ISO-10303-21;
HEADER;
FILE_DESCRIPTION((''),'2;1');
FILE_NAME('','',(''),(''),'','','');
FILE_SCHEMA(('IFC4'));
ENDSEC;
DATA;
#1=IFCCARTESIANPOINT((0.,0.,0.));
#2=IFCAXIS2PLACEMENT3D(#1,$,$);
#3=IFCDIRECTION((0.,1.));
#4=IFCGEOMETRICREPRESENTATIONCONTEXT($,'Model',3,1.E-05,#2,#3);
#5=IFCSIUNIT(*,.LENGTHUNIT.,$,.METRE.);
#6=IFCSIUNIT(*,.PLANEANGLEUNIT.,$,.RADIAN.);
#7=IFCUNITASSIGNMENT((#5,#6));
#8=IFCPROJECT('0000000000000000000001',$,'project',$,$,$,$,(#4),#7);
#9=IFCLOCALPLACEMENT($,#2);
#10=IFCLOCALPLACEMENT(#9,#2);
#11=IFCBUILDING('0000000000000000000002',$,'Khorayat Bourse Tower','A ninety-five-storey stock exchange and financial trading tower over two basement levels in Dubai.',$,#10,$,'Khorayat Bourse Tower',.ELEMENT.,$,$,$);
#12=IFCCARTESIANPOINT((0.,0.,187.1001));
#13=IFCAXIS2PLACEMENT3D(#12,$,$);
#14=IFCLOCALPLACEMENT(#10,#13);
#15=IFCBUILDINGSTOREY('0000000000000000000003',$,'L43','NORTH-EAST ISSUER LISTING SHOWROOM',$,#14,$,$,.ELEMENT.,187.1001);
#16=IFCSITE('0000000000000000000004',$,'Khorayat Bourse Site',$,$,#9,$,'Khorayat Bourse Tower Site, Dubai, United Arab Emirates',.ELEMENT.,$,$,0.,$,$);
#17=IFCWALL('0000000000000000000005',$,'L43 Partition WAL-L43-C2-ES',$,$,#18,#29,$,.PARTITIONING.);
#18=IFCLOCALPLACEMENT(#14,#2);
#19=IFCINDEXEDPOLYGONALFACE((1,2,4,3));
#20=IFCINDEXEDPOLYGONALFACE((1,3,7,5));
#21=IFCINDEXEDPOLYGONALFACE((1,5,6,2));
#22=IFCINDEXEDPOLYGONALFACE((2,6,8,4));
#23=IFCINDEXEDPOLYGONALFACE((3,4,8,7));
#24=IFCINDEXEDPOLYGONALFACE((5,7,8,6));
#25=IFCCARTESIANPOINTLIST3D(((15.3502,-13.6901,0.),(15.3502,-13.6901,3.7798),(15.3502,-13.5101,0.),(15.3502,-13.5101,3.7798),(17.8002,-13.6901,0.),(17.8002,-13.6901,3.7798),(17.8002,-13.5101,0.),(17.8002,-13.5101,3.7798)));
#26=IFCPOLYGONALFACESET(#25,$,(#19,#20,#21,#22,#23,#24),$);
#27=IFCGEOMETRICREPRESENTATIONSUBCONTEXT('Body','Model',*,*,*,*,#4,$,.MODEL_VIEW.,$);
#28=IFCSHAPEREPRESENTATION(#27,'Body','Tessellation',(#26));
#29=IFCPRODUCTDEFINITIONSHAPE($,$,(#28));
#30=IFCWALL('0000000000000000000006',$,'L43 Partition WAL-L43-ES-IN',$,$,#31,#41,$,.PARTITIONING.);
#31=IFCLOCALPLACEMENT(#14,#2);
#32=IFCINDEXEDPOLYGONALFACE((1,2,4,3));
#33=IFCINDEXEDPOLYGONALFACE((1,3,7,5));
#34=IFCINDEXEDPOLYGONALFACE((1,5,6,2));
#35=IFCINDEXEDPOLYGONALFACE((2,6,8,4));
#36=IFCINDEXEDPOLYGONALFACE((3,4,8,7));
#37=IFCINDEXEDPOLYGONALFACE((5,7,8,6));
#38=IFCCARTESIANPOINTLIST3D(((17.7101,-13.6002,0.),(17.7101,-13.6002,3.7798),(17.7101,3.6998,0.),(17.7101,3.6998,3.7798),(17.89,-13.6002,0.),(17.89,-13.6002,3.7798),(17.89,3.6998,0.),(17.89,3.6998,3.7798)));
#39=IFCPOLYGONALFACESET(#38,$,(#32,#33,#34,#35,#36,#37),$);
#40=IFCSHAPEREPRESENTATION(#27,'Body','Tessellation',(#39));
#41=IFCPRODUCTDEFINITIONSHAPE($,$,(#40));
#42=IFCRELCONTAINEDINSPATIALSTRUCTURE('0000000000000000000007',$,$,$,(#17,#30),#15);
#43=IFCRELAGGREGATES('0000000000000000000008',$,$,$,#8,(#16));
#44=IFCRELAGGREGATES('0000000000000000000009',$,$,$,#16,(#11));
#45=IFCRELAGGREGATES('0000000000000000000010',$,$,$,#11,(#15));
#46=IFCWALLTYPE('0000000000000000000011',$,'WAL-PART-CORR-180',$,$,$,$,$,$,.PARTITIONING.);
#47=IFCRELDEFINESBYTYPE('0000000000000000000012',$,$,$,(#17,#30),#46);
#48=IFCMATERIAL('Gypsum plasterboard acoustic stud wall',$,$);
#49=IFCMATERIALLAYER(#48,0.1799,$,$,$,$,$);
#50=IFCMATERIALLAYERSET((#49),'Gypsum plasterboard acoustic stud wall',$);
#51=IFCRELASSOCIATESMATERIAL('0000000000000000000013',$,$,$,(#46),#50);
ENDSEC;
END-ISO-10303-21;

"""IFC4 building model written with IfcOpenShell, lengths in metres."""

from ifc_helpers import new_model, si_unit, direction, frame, frame_2d, origin, place, context, subcontext, project, spatial, rectangle, extrude, source, transform, mapped, material, layer, layer_set, type_object, element, save


model = new_model("IFC4")

# Units and contexts
model_context = context("Model", 3, precision=1e-05, world=origin(), true_north=direction((0.0, 1.0)))
body_context = subcontext(model_context, "Body", "Model", "MODEL_VIEW")
ifc_project = project(units=[si_unit("LENGTHUNIT", "METRE"), si_unit("PLANEANGLEUNIT", "RADIAN")], contexts=[model_context])

# Site, building, storey
site_placement = place(None, origin())
site = spatial("IfcSite", under=ifc_project, at=site_placement, Name="Khorayat Bourse Site", LongName="Khorayat Bourse Tower Site, Dubai, United Arab Emirates", CompositionType="ELEMENT", RefElevation=0.0)
building_placement = place(site_placement, origin())
building = spatial("IfcBuilding", under=site, at=building_placement, Name="Khorayat Bourse Tower", Description="A ninety-five-storey stock exchange and financial trading tower over two basement levels in Dubai.", LongName="Khorayat Bourse Tower", CompositionType="ELEMENT")
storey_placement = place(building_placement, frame((0.0, 0.0, 187.1001)))
storey = spatial("IfcBuildingStorey", under=building, at=storey_placement, Name="L43", Description="NORTH-EAST ISSUER LISTING SHOWROOM", CompositionType="ELEMENT", Elevation=187.1001)

# Shared definitions
ifc_material_1 = material(Name="Gypsum plasterboard acoustic stud wall")
ifc_layer_1 = layer(ifc_material_1, 0.1799)
ifc_layer_set_1 = layer_set([ifc_layer_1], Name="Gypsum plasterboard acoustic stud wall")
wall_type_1 = type_object("IfcWallType", Name="WAL-PART-CORR-180", PredefinedType="PARTITIONING", material=ifc_layer_set_1)

# Walls
shared_shape_1 = source(origin(), body_context, "Body", "SweptSolid", [
    extrude(rectangle(XDim=2.45, YDim=0.1799, at=frame_2d((1.2251, 0.0))), origin(), (0.0, 0.0, 1.0), 3.7798),
])
wall_1_placement = place(storey_placement, frame((15.3501, -13.6001, 0.0), z_axis=(0.0, 0.0, 1.0), x_axis=(1.0, 0.0, 0.0)))
element("IfcWall", 1, at=wall_1_placement, inside=storey, type_object=wall_type_1, Name="L43 Partition WAL-L43-C2-ES", PredefinedType="PARTITIONING", context=body_context, shape_type="MappedRepresentation", body=[
    mapped(shared_shape_1, transform((0.0, 0.0, 0.0), scale=1.0)),
])
shared_shape_2 = source(origin(), body_context, "Body", "SweptSolid", [
    extrude(rectangle(XDim=17.3, YDim=0.1799, at=frame_2d((8.6499, 0.0))), origin(), (0.0, 0.0, 1.0), 3.7798),
])
wall_2_placement = place(storey_placement, frame((17.8, -13.6001, 0.0), z_axis=(0.0, 0.0, 1.0), x_axis=(0.0, 1.0, 0.0)))
element("IfcWall", 2, at=wall_2_placement, inside=storey, type_object=wall_type_1, Name="L43 Partition WAL-L43-ES-IN", PredefinedType="PARTITIONING", context=body_context, shape_type="MappedRepresentation", body=[
    mapped(shared_shape_2, transform((0.0, 0.0, 0.0), scale=1.0)),
])

save(model, "model.ifc")
